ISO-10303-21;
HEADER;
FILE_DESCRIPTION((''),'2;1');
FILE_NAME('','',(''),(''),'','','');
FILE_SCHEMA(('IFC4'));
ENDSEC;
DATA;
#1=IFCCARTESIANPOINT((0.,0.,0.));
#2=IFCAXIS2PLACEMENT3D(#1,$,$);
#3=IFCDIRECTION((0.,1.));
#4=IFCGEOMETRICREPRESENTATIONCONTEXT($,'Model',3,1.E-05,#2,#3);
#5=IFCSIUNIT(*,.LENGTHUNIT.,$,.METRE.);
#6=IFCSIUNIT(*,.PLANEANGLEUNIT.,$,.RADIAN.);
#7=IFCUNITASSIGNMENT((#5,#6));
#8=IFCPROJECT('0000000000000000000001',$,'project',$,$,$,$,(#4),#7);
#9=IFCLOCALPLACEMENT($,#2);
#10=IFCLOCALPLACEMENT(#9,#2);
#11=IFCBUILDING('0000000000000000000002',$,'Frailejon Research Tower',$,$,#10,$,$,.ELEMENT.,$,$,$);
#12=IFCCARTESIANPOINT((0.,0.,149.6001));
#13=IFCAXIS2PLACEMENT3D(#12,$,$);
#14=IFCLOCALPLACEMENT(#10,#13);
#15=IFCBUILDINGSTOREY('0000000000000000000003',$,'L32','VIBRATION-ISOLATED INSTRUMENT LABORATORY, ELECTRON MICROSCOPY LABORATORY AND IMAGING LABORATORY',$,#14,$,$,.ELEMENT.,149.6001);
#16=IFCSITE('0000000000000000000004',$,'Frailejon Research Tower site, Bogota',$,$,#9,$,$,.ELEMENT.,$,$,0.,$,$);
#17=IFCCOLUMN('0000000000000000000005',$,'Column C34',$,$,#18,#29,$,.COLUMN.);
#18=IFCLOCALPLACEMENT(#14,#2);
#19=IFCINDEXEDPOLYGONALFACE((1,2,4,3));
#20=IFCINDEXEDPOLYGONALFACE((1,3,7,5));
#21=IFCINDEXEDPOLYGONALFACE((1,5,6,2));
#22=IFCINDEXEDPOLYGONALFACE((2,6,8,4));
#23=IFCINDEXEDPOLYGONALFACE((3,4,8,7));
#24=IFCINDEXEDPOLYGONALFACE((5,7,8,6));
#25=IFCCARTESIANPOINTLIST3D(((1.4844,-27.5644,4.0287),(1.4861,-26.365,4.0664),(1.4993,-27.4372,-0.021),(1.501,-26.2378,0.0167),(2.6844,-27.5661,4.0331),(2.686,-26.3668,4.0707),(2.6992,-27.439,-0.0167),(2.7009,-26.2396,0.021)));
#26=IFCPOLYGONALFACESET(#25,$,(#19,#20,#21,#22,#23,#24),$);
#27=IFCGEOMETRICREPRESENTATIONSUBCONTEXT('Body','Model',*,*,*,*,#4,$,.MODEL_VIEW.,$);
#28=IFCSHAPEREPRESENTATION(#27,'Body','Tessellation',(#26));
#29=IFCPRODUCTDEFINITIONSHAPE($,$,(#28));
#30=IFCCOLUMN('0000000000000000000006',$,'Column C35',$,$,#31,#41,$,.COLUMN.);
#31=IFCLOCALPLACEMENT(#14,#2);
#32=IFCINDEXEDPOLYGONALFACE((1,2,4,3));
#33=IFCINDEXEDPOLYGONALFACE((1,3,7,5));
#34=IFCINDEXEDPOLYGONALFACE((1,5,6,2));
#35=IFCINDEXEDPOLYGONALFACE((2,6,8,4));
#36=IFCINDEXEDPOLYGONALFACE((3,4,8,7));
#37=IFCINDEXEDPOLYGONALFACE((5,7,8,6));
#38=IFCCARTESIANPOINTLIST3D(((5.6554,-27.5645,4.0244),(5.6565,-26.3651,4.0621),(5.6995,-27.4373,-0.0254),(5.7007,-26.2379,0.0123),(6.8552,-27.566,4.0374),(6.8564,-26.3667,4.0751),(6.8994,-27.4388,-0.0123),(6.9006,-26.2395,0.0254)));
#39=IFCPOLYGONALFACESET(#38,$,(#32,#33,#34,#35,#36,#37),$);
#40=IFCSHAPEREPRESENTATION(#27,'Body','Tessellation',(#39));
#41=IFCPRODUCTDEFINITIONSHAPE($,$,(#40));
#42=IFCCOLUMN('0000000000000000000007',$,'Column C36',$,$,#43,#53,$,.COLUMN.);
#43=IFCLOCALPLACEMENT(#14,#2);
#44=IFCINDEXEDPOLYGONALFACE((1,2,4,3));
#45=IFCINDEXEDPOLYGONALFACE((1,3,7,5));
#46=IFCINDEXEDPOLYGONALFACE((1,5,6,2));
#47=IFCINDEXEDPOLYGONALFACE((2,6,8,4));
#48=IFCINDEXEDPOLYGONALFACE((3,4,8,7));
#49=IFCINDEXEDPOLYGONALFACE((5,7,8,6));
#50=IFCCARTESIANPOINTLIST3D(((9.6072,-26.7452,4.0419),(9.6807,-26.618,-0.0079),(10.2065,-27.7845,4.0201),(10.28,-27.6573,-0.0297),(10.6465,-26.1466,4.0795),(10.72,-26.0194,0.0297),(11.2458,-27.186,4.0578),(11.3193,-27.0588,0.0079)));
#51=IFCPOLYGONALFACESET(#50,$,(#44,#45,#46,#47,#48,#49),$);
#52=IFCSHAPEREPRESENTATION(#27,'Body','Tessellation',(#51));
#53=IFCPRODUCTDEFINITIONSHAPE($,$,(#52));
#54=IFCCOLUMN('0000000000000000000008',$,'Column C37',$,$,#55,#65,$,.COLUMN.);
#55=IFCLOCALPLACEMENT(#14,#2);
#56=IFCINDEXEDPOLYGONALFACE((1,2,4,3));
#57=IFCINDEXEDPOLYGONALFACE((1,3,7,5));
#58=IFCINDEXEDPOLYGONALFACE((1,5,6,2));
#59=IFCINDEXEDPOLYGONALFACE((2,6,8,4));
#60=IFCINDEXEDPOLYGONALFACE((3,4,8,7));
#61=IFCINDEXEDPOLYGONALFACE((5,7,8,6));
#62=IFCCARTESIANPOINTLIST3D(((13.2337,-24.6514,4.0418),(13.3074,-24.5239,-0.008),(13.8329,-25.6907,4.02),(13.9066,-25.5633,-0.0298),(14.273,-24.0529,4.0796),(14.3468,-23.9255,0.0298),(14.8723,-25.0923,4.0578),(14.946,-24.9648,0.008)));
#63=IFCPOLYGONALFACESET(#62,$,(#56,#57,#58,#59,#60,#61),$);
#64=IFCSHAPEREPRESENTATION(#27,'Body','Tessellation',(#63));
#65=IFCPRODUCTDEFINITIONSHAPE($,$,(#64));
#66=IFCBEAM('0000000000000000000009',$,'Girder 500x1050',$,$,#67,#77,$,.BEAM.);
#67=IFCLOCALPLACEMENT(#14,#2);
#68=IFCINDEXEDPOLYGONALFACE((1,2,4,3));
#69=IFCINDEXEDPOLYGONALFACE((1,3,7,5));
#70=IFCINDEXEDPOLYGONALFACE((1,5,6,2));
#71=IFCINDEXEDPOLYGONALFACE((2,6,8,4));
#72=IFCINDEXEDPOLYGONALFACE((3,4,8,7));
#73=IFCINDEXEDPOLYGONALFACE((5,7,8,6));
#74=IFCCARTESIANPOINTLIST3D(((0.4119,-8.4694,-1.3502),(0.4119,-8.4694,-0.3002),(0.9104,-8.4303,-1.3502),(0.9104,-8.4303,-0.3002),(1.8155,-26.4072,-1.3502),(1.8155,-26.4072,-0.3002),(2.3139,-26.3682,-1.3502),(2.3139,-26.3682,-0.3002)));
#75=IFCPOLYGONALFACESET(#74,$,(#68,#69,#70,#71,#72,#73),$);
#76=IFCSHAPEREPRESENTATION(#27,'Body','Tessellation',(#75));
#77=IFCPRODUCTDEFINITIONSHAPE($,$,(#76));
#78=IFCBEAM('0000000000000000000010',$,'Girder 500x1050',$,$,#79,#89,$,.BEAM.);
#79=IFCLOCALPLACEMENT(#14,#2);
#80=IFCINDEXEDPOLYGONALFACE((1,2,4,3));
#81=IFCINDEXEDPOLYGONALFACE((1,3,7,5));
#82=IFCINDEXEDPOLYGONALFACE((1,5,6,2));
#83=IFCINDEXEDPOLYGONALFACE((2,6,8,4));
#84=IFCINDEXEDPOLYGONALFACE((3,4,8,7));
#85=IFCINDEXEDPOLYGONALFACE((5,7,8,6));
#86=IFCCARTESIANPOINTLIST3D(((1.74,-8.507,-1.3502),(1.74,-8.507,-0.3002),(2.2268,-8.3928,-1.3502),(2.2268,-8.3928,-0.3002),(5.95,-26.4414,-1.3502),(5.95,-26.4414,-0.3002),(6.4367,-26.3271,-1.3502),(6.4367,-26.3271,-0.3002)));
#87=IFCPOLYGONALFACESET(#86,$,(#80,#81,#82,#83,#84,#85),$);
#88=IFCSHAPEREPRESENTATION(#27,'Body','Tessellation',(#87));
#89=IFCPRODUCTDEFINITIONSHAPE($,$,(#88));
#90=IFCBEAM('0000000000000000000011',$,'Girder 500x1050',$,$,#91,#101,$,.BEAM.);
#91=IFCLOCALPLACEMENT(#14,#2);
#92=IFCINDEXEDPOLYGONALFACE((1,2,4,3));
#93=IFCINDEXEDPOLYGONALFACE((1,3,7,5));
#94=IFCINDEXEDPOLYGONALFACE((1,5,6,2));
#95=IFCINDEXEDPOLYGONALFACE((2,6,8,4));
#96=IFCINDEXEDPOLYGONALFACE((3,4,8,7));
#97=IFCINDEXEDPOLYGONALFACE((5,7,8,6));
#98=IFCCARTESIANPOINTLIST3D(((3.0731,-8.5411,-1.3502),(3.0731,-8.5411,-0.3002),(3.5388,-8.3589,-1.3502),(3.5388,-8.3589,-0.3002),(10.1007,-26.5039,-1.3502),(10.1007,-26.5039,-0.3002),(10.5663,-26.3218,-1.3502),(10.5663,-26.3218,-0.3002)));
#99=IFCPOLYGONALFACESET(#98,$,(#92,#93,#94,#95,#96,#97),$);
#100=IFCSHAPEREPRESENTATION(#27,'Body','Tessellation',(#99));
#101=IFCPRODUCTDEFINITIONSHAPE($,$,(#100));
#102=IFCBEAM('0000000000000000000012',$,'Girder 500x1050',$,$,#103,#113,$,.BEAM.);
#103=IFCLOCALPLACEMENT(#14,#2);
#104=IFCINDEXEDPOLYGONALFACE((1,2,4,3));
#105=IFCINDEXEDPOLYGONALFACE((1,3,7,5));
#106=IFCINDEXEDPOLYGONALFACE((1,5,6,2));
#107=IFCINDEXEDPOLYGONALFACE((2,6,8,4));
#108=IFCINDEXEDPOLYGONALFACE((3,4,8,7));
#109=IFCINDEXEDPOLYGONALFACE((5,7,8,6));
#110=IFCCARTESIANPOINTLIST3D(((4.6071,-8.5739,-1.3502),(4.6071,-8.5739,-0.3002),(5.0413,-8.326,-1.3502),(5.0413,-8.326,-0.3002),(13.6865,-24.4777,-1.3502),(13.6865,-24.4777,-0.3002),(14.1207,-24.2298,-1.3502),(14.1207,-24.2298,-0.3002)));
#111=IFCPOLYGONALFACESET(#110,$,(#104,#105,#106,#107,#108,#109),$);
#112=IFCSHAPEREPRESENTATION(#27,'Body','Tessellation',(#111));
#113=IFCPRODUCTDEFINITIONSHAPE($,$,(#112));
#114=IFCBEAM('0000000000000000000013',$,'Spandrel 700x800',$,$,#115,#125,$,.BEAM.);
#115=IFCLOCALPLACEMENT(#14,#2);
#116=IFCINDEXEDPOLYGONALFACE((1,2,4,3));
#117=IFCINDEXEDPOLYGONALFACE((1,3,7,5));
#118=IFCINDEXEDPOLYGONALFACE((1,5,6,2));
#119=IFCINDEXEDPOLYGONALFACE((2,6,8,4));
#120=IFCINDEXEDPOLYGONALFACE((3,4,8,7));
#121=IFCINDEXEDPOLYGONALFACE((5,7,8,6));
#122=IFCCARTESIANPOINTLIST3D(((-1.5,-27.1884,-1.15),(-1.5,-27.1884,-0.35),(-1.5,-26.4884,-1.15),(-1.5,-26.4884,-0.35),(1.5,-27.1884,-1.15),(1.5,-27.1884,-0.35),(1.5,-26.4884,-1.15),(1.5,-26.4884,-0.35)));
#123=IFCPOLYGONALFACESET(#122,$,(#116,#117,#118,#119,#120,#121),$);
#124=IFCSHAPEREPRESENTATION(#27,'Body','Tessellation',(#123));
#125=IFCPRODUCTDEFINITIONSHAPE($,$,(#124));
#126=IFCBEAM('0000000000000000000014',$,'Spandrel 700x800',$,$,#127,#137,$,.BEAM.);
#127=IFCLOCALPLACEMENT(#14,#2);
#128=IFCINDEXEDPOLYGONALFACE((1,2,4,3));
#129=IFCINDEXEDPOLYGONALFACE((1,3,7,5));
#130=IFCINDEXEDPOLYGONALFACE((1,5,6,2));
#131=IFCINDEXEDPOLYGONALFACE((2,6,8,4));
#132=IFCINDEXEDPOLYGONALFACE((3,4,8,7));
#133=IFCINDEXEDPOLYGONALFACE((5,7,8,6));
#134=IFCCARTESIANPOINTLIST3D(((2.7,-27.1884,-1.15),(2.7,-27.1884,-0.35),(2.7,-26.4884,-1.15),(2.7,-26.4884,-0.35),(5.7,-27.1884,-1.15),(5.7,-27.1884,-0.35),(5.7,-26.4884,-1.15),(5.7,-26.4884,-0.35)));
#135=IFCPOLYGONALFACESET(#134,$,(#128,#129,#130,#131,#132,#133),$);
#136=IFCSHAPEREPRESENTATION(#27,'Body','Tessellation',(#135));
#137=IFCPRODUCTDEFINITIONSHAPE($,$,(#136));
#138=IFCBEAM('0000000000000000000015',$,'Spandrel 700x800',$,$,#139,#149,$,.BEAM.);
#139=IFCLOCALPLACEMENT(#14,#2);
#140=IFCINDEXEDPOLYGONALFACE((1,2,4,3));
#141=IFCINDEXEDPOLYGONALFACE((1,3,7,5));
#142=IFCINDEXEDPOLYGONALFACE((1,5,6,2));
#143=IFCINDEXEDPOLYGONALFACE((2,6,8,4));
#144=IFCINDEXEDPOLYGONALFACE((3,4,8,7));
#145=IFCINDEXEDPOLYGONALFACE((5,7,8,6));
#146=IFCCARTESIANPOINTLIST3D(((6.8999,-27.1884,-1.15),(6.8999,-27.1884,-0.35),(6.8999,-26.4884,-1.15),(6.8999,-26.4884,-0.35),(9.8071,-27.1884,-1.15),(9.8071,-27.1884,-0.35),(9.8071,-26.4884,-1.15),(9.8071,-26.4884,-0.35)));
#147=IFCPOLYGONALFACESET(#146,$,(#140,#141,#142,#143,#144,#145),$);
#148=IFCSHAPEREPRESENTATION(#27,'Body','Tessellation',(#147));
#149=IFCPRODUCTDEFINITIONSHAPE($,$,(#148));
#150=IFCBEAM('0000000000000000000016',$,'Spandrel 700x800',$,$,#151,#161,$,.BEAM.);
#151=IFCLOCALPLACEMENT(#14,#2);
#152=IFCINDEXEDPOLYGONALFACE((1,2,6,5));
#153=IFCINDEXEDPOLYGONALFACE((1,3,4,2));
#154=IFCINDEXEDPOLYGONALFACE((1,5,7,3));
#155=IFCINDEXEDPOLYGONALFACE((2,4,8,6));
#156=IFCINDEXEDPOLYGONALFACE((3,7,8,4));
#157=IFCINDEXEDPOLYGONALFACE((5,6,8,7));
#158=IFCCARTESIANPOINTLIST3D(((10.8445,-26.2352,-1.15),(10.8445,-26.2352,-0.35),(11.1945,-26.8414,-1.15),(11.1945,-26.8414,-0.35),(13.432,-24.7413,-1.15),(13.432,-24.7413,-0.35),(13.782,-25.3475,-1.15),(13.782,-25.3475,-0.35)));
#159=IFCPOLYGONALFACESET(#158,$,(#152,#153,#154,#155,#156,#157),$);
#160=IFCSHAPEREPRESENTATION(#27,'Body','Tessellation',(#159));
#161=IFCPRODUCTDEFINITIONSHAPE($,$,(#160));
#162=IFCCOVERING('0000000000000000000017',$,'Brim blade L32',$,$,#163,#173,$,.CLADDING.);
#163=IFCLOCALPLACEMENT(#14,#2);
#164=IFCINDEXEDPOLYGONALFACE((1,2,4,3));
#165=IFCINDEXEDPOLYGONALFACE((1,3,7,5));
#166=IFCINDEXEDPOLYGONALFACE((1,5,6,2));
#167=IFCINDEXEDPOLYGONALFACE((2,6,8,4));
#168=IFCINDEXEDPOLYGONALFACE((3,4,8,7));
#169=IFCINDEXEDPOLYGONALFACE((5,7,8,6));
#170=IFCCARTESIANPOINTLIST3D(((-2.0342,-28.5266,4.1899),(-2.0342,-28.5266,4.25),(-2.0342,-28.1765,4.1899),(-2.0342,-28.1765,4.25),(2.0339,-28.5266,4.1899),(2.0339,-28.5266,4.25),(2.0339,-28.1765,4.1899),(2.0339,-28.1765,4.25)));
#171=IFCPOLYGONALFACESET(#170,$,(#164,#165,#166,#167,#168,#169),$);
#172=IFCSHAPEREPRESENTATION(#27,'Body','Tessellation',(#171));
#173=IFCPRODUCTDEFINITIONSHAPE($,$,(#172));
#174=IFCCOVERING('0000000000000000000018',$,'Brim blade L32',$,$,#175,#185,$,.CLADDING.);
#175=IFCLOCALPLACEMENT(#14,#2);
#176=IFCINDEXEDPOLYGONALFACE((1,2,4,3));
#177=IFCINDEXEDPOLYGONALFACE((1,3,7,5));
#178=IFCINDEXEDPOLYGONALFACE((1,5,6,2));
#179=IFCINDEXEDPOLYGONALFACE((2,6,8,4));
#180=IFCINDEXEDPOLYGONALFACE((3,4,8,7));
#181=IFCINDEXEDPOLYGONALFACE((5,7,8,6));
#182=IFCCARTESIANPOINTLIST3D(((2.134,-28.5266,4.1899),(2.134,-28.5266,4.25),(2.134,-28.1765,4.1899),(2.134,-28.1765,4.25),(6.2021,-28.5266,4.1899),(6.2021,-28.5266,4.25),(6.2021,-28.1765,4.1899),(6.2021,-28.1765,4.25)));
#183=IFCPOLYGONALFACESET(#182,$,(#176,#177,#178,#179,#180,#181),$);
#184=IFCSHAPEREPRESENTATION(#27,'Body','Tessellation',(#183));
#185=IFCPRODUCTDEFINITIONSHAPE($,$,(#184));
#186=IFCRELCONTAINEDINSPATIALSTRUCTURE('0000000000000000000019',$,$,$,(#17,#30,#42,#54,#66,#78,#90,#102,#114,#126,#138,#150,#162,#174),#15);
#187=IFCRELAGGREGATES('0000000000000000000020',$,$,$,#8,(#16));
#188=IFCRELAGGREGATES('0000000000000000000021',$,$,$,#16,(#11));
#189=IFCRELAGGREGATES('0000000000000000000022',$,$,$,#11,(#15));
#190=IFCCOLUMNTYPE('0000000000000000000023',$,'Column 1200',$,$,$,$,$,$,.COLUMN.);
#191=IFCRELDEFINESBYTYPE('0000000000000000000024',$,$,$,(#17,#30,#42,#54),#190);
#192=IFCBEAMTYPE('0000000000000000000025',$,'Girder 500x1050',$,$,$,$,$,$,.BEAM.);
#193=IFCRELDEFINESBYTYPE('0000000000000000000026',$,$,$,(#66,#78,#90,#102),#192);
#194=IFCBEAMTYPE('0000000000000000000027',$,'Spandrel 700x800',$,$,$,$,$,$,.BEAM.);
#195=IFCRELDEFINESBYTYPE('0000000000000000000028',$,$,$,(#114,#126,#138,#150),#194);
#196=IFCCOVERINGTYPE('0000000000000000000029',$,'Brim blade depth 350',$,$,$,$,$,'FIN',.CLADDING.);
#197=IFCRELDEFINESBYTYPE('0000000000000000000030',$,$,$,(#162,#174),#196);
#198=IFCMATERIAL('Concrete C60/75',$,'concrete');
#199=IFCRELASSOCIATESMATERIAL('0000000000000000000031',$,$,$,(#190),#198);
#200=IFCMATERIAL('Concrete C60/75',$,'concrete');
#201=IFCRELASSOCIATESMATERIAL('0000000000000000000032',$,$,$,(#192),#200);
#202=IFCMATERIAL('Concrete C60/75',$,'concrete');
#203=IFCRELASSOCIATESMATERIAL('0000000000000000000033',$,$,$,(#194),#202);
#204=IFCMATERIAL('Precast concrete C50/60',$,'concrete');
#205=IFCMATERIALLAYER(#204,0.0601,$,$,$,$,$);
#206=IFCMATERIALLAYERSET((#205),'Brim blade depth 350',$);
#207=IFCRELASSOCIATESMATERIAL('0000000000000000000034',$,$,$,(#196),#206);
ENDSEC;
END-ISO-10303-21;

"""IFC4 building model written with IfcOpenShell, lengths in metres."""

from ifc_helpers import new_model, si_unit, direction, frame, origin, origin_2d, place, context, subcontext, project, spatial, polyline, rectangle, outline, extrude, material, layer, layer_set, material_profile, profile_set, type_object, element, save


model = new_model("IFC4")

# Units and contexts
model_context = context("Model", 3, precision=1e-05, world=origin(), true_north=direction((0.0, 1.0)))
body_context = subcontext(model_context, "Body", "Model", "MODEL_VIEW")
ifc_project = project(units=[si_unit("LENGTHUNIT", "METRE"), si_unit("PLANEANGLEUNIT", "RADIAN")], contexts=[model_context])

# Site, building, storey
site_placement = place(None, origin())
site = spatial("IfcSite", under=ifc_project, at=site_placement, Name="Frailejon Research Tower site, Bogota", CompositionType="ELEMENT", RefElevation=0.0)
building_placement = place(site_placement, origin())
building = spatial("IfcBuilding", under=site, at=building_placement, Name="Frailejon Research Tower", CompositionType="ELEMENT")
storey_placement = place(building_placement, frame((0.0, 0.0, 149.6001)))
storey = spatial("IfcBuildingStorey", under=building, at=storey_placement, Name="L32", Description="VIBRATION-ISOLATED INSTRUMENT LABORATORY, ELECTRON MICROSCOPY LABORATORY AND IMAGING LABORATORY", CompositionType="ELEMENT", Elevation=149.6001)

# Columns
ifc_material_1 = material(Name="Concrete C60/75", Category="concrete")
ifc_material_profile_1 = material_profile(ifc_material_1, rectangle(XDim=1.2, YDim=1.2, at=origin_2d()), Name="Column 1200")
ifc_profile_set_1 = profile_set([ifc_material_profile_1], Name="Concrete C60/75")
column_type = type_object("IfcColumnType", Name="Column 1200", PredefinedType="COLUMN", material=ifc_profile_set_1)
column_1_placement = place(storey_placement, frame((2.1001, -26.8384, 0.0), z_axis=(-0.003676, -0.031393, 0.9995), x_axis=(0.999992, -0.001487, 0.003631)))
element("IfcColumn", 1, at=column_1_placement, inside=storey, type_object=column_type, Name="Column C34", PredefinedType="COLUMN", context=body_context, shape_type="SweptSolid", body=[
    extrude(rectangle(XDim=1.2, YDim=1.2, at=origin_2d()), origin(), (0.0, 0.0, 1.0), 4.0518),
])
column_2_placement = place(storey_placement, frame((6.3, -26.8384, 0.0), z_axis=(-0.010905, -0.031391, 0.999448), x_axis=(0.99994, -0.001287, 0.01087)))
element("IfcColumn", 2, at=column_2_placement, inside=storey, type_object=column_type, Name="Column C35", PredefinedType="COLUMN", context=body_context, shape_type="SweptSolid", body=[
    extrude(rectangle(XDim=1.2, YDim=1.2, at=origin_2d()), origin(), (0.0, 0.0, 1.0), 4.052),
])
for number, where, z_axis, x_axis, name in (
    (3, (10.5, -26.8384, 0.0), (-0.018134, -0.031388, 0.999343), (0.866156, 0.498787, 0.031383), "Column C36"),
    (4, (14.1267, -24.7444, 0.0), (-0.018194, -0.031448, 0.99934), (0.866186, 0.49873, 0.031464), "Column C37"),
):
    element("IfcColumn", number, at=place(storey_placement, frame(where, z_axis=z_axis, x_axis=x_axis)), inside=storey, type_object=column_type, Name=name, PredefinedType="COLUMN", context=body_context, shape_type="SweptSolid", body=[
        extrude(rectangle(XDim=1.2, YDim=1.2, at=origin_2d()), origin(), (0.0, 0.0, 1.0), 4.0525),
    ])

# Beams
ifc_material_2 = material(Name="Concrete C60/75", Category="concrete")
ifc_material_profile_2 = material_profile(ifc_material_2, rectangle(XDim=0.5, YDim=1.05, at=origin_2d()), Name="Girder 500x1050")
ifc_profile_set_2 = profile_set([ifc_material_profile_2], Name="Concrete C60/75")
beam_type_1 = type_object("IfcBeamType", Name="Girder 500x1050", PredefinedType="BEAM", material=ifc_profile_set_2)
beam_1_placement = place(storey_placement, frame((2.0647, -26.3877, -0.8252), z_axis=(-0.078008, 0.996953, 0.0), x_axis=(-0.996953, -0.078008, 0.0)))
element("IfcBeam", 5, at=beam_1_placement, inside=storey, type_object=beam_type_1, Name="Girder 500x1050", PredefinedType="BEAM", context=body_context, shape_type="SweptSolid", body=[
    extrude(rectangle(XDim=0.5, YDim=1.05, at=origin_2d()), origin(), (0.0, 0.0, 1.0), 17.9927),
])
beam_2_placement = place(storey_placement, frame((6.1934, -26.3843, -0.8252), z_axis=(-0.228531, 0.973537, 0.0), x_axis=(-0.973537, -0.228531, 0.0)))
element("IfcBeam", 6, at=beam_2_placement, inside=storey, type_object=beam_type_1, Name="Girder 500x1050", PredefinedType="BEAM", context=body_context, shape_type="SweptSolid", body=[
    extrude(rectangle(XDim=0.5, YDim=1.05, at=origin_2d()), origin(), (0.0, 0.0, 1.0), 18.4219),
])
beam_3_placement = place(storey_placement, frame((10.3335, -26.4128, -0.8252), z_axis=(-0.364338, 0.931267, 0.0), x_axis=(-0.931267, -0.364338, 0.0)))
element("IfcBeam", 7, at=beam_3_placement, inside=storey, type_object=beam_type_1, Name="Girder 500x1050", PredefinedType="BEAM", context=body_context, shape_type="SweptSolid", body=[
    extrude(rectangle(XDim=0.5, YDim=1.05, at=origin_2d()), origin(), (0.0, 0.0, 1.0), 19.2886),
])
beam_4_placement = place(storey_placement, frame((13.9036, -24.3538, -0.8252), z_axis=(-0.495787, 0.868444, 0.0), x_axis=(-0.868444, -0.495787, 0.0)))
element("IfcBeam", 8, at=beam_4_placement, inside=storey, type_object=beam_type_1, Name="Girder 500x1050", PredefinedType="BEAM", context=body_context, shape_type="SweptSolid", body=[
    extrude(rectangle(XDim=0.5, YDim=1.05, at=origin_2d()), origin(), (0.0, 0.0, 1.0), 18.313),
])
ifc_material_3 = material(Name="Concrete C60/75", Category="concrete")
ifc_material_profile_3 = material_profile(ifc_material_3, rectangle(XDim=0.7, YDim=0.8, at=origin_2d()), Name="Spandrel 700x800")
ifc_profile_set_3 = profile_set([ifc_material_profile_3], Name="Concrete C60/75")
beam_type_2 = type_object("IfcBeamType", Name="Spandrel 700x800", PredefinedType="BEAM", material=ifc_profile_set_3)
for number, where, z_axis, x_axis, name in (
    (9, (-1.5, -26.8384, -0.75), (1.0, 0.0, 0.0), (0.0, 1.0, 0.0), "Spandrel 700x800"),
    (10, (2.7, -26.8384, -0.75), (1.0, 0.0, 0.0), (0.0, 1.0, 0.0), "Spandrel 700x800"),
):
    element("IfcBeam", number, at=place(storey_placement, frame(where, z_axis=z_axis, x_axis=x_axis)), inside=storey, type_object=beam_type_2, Name=name, PredefinedType="BEAM", context=body_context, shape_type="SweptSolid", body=[
        extrude(rectangle(XDim=0.7, YDim=0.8, at=origin_2d()), origin(), (0.0, 0.0, 1.0), 3.0),
    ])
beam_5_placement = place(storey_placement, frame((6.8999, -26.8384, -0.75), z_axis=(1.0, 0.0, 0.0), x_axis=(0.0, 1.0, 0.0)))
element("IfcBeam", 11, at=beam_5_placement, inside=storey, type_object=beam_type_2, Name="Spandrel 700x800", PredefinedType="BEAM", context=body_context, shape_type="SweptSolid", body=[
    extrude(rectangle(XDim=0.7, YDim=0.8, at=origin_2d()), origin(), (0.0, 0.0, 1.0), 2.9072),
])
beam_6_placement = place(storey_placement, frame((11.0195, -26.5383, -0.75), z_axis=(0.866017, 0.500015, 0.0), x_axis=(-0.500015, 0.866017, 0.0)))
element("IfcBeam", 12, at=beam_6_placement, inside=storey, type_object=beam_type_2, Name="Spandrel 700x800", PredefinedType="BEAM", context=body_context, shape_type="SweptSolid", body=[
    extrude(rectangle(XDim=0.7, YDim=0.8, at=origin_2d()), origin(), (0.0, 0.0, 1.0), 2.9878),
])

# Coverings
ifc_material_4 = material(Name="Precast concrete C50/60", Category="concrete")
ifc_layer_1 = layer(ifc_material_4, 0.0601)
ifc_layer_set_1 = layer_set([ifc_layer_1], Name="Brim blade depth 350")
covering_type_1 = type_object("IfcCoveringType", Name="Brim blade depth 350", ElementType="FIN", PredefinedType="CLADDING", material=ifc_layer_set_1)
for number, where, z_axis, x_axis, name in (
    (13, (2.0339, -28.1765, 4.25), (-1.0, 0.0, 0.0), (0.0, -1.0, 0.0), "Brim blade L32"),
    (14, (6.2021, -28.1765, 4.25), (-1.0, 0.0, 0.0), (0.0, -1.0, 0.0), "Brim blade L32"),
):
    element("IfcCovering", number, at=place(storey_placement, frame(where, z_axis=z_axis, x_axis=x_axis)), inside=storey, type_object=covering_type_1, Name=name, PredefinedType="CLADDING", context=body_context, shape_type="SweptSolid", body=[
        extrude(outline(polyline([(0.0, -0.0601), (0.3501, -0.0601), (0.3501, 0.0), (0.0, 0.0), (0.0, -0.0601)])), origin(), (0.0, 0.0, 1.0), 4.0681),
    ])

save(model, "model.ifc")
